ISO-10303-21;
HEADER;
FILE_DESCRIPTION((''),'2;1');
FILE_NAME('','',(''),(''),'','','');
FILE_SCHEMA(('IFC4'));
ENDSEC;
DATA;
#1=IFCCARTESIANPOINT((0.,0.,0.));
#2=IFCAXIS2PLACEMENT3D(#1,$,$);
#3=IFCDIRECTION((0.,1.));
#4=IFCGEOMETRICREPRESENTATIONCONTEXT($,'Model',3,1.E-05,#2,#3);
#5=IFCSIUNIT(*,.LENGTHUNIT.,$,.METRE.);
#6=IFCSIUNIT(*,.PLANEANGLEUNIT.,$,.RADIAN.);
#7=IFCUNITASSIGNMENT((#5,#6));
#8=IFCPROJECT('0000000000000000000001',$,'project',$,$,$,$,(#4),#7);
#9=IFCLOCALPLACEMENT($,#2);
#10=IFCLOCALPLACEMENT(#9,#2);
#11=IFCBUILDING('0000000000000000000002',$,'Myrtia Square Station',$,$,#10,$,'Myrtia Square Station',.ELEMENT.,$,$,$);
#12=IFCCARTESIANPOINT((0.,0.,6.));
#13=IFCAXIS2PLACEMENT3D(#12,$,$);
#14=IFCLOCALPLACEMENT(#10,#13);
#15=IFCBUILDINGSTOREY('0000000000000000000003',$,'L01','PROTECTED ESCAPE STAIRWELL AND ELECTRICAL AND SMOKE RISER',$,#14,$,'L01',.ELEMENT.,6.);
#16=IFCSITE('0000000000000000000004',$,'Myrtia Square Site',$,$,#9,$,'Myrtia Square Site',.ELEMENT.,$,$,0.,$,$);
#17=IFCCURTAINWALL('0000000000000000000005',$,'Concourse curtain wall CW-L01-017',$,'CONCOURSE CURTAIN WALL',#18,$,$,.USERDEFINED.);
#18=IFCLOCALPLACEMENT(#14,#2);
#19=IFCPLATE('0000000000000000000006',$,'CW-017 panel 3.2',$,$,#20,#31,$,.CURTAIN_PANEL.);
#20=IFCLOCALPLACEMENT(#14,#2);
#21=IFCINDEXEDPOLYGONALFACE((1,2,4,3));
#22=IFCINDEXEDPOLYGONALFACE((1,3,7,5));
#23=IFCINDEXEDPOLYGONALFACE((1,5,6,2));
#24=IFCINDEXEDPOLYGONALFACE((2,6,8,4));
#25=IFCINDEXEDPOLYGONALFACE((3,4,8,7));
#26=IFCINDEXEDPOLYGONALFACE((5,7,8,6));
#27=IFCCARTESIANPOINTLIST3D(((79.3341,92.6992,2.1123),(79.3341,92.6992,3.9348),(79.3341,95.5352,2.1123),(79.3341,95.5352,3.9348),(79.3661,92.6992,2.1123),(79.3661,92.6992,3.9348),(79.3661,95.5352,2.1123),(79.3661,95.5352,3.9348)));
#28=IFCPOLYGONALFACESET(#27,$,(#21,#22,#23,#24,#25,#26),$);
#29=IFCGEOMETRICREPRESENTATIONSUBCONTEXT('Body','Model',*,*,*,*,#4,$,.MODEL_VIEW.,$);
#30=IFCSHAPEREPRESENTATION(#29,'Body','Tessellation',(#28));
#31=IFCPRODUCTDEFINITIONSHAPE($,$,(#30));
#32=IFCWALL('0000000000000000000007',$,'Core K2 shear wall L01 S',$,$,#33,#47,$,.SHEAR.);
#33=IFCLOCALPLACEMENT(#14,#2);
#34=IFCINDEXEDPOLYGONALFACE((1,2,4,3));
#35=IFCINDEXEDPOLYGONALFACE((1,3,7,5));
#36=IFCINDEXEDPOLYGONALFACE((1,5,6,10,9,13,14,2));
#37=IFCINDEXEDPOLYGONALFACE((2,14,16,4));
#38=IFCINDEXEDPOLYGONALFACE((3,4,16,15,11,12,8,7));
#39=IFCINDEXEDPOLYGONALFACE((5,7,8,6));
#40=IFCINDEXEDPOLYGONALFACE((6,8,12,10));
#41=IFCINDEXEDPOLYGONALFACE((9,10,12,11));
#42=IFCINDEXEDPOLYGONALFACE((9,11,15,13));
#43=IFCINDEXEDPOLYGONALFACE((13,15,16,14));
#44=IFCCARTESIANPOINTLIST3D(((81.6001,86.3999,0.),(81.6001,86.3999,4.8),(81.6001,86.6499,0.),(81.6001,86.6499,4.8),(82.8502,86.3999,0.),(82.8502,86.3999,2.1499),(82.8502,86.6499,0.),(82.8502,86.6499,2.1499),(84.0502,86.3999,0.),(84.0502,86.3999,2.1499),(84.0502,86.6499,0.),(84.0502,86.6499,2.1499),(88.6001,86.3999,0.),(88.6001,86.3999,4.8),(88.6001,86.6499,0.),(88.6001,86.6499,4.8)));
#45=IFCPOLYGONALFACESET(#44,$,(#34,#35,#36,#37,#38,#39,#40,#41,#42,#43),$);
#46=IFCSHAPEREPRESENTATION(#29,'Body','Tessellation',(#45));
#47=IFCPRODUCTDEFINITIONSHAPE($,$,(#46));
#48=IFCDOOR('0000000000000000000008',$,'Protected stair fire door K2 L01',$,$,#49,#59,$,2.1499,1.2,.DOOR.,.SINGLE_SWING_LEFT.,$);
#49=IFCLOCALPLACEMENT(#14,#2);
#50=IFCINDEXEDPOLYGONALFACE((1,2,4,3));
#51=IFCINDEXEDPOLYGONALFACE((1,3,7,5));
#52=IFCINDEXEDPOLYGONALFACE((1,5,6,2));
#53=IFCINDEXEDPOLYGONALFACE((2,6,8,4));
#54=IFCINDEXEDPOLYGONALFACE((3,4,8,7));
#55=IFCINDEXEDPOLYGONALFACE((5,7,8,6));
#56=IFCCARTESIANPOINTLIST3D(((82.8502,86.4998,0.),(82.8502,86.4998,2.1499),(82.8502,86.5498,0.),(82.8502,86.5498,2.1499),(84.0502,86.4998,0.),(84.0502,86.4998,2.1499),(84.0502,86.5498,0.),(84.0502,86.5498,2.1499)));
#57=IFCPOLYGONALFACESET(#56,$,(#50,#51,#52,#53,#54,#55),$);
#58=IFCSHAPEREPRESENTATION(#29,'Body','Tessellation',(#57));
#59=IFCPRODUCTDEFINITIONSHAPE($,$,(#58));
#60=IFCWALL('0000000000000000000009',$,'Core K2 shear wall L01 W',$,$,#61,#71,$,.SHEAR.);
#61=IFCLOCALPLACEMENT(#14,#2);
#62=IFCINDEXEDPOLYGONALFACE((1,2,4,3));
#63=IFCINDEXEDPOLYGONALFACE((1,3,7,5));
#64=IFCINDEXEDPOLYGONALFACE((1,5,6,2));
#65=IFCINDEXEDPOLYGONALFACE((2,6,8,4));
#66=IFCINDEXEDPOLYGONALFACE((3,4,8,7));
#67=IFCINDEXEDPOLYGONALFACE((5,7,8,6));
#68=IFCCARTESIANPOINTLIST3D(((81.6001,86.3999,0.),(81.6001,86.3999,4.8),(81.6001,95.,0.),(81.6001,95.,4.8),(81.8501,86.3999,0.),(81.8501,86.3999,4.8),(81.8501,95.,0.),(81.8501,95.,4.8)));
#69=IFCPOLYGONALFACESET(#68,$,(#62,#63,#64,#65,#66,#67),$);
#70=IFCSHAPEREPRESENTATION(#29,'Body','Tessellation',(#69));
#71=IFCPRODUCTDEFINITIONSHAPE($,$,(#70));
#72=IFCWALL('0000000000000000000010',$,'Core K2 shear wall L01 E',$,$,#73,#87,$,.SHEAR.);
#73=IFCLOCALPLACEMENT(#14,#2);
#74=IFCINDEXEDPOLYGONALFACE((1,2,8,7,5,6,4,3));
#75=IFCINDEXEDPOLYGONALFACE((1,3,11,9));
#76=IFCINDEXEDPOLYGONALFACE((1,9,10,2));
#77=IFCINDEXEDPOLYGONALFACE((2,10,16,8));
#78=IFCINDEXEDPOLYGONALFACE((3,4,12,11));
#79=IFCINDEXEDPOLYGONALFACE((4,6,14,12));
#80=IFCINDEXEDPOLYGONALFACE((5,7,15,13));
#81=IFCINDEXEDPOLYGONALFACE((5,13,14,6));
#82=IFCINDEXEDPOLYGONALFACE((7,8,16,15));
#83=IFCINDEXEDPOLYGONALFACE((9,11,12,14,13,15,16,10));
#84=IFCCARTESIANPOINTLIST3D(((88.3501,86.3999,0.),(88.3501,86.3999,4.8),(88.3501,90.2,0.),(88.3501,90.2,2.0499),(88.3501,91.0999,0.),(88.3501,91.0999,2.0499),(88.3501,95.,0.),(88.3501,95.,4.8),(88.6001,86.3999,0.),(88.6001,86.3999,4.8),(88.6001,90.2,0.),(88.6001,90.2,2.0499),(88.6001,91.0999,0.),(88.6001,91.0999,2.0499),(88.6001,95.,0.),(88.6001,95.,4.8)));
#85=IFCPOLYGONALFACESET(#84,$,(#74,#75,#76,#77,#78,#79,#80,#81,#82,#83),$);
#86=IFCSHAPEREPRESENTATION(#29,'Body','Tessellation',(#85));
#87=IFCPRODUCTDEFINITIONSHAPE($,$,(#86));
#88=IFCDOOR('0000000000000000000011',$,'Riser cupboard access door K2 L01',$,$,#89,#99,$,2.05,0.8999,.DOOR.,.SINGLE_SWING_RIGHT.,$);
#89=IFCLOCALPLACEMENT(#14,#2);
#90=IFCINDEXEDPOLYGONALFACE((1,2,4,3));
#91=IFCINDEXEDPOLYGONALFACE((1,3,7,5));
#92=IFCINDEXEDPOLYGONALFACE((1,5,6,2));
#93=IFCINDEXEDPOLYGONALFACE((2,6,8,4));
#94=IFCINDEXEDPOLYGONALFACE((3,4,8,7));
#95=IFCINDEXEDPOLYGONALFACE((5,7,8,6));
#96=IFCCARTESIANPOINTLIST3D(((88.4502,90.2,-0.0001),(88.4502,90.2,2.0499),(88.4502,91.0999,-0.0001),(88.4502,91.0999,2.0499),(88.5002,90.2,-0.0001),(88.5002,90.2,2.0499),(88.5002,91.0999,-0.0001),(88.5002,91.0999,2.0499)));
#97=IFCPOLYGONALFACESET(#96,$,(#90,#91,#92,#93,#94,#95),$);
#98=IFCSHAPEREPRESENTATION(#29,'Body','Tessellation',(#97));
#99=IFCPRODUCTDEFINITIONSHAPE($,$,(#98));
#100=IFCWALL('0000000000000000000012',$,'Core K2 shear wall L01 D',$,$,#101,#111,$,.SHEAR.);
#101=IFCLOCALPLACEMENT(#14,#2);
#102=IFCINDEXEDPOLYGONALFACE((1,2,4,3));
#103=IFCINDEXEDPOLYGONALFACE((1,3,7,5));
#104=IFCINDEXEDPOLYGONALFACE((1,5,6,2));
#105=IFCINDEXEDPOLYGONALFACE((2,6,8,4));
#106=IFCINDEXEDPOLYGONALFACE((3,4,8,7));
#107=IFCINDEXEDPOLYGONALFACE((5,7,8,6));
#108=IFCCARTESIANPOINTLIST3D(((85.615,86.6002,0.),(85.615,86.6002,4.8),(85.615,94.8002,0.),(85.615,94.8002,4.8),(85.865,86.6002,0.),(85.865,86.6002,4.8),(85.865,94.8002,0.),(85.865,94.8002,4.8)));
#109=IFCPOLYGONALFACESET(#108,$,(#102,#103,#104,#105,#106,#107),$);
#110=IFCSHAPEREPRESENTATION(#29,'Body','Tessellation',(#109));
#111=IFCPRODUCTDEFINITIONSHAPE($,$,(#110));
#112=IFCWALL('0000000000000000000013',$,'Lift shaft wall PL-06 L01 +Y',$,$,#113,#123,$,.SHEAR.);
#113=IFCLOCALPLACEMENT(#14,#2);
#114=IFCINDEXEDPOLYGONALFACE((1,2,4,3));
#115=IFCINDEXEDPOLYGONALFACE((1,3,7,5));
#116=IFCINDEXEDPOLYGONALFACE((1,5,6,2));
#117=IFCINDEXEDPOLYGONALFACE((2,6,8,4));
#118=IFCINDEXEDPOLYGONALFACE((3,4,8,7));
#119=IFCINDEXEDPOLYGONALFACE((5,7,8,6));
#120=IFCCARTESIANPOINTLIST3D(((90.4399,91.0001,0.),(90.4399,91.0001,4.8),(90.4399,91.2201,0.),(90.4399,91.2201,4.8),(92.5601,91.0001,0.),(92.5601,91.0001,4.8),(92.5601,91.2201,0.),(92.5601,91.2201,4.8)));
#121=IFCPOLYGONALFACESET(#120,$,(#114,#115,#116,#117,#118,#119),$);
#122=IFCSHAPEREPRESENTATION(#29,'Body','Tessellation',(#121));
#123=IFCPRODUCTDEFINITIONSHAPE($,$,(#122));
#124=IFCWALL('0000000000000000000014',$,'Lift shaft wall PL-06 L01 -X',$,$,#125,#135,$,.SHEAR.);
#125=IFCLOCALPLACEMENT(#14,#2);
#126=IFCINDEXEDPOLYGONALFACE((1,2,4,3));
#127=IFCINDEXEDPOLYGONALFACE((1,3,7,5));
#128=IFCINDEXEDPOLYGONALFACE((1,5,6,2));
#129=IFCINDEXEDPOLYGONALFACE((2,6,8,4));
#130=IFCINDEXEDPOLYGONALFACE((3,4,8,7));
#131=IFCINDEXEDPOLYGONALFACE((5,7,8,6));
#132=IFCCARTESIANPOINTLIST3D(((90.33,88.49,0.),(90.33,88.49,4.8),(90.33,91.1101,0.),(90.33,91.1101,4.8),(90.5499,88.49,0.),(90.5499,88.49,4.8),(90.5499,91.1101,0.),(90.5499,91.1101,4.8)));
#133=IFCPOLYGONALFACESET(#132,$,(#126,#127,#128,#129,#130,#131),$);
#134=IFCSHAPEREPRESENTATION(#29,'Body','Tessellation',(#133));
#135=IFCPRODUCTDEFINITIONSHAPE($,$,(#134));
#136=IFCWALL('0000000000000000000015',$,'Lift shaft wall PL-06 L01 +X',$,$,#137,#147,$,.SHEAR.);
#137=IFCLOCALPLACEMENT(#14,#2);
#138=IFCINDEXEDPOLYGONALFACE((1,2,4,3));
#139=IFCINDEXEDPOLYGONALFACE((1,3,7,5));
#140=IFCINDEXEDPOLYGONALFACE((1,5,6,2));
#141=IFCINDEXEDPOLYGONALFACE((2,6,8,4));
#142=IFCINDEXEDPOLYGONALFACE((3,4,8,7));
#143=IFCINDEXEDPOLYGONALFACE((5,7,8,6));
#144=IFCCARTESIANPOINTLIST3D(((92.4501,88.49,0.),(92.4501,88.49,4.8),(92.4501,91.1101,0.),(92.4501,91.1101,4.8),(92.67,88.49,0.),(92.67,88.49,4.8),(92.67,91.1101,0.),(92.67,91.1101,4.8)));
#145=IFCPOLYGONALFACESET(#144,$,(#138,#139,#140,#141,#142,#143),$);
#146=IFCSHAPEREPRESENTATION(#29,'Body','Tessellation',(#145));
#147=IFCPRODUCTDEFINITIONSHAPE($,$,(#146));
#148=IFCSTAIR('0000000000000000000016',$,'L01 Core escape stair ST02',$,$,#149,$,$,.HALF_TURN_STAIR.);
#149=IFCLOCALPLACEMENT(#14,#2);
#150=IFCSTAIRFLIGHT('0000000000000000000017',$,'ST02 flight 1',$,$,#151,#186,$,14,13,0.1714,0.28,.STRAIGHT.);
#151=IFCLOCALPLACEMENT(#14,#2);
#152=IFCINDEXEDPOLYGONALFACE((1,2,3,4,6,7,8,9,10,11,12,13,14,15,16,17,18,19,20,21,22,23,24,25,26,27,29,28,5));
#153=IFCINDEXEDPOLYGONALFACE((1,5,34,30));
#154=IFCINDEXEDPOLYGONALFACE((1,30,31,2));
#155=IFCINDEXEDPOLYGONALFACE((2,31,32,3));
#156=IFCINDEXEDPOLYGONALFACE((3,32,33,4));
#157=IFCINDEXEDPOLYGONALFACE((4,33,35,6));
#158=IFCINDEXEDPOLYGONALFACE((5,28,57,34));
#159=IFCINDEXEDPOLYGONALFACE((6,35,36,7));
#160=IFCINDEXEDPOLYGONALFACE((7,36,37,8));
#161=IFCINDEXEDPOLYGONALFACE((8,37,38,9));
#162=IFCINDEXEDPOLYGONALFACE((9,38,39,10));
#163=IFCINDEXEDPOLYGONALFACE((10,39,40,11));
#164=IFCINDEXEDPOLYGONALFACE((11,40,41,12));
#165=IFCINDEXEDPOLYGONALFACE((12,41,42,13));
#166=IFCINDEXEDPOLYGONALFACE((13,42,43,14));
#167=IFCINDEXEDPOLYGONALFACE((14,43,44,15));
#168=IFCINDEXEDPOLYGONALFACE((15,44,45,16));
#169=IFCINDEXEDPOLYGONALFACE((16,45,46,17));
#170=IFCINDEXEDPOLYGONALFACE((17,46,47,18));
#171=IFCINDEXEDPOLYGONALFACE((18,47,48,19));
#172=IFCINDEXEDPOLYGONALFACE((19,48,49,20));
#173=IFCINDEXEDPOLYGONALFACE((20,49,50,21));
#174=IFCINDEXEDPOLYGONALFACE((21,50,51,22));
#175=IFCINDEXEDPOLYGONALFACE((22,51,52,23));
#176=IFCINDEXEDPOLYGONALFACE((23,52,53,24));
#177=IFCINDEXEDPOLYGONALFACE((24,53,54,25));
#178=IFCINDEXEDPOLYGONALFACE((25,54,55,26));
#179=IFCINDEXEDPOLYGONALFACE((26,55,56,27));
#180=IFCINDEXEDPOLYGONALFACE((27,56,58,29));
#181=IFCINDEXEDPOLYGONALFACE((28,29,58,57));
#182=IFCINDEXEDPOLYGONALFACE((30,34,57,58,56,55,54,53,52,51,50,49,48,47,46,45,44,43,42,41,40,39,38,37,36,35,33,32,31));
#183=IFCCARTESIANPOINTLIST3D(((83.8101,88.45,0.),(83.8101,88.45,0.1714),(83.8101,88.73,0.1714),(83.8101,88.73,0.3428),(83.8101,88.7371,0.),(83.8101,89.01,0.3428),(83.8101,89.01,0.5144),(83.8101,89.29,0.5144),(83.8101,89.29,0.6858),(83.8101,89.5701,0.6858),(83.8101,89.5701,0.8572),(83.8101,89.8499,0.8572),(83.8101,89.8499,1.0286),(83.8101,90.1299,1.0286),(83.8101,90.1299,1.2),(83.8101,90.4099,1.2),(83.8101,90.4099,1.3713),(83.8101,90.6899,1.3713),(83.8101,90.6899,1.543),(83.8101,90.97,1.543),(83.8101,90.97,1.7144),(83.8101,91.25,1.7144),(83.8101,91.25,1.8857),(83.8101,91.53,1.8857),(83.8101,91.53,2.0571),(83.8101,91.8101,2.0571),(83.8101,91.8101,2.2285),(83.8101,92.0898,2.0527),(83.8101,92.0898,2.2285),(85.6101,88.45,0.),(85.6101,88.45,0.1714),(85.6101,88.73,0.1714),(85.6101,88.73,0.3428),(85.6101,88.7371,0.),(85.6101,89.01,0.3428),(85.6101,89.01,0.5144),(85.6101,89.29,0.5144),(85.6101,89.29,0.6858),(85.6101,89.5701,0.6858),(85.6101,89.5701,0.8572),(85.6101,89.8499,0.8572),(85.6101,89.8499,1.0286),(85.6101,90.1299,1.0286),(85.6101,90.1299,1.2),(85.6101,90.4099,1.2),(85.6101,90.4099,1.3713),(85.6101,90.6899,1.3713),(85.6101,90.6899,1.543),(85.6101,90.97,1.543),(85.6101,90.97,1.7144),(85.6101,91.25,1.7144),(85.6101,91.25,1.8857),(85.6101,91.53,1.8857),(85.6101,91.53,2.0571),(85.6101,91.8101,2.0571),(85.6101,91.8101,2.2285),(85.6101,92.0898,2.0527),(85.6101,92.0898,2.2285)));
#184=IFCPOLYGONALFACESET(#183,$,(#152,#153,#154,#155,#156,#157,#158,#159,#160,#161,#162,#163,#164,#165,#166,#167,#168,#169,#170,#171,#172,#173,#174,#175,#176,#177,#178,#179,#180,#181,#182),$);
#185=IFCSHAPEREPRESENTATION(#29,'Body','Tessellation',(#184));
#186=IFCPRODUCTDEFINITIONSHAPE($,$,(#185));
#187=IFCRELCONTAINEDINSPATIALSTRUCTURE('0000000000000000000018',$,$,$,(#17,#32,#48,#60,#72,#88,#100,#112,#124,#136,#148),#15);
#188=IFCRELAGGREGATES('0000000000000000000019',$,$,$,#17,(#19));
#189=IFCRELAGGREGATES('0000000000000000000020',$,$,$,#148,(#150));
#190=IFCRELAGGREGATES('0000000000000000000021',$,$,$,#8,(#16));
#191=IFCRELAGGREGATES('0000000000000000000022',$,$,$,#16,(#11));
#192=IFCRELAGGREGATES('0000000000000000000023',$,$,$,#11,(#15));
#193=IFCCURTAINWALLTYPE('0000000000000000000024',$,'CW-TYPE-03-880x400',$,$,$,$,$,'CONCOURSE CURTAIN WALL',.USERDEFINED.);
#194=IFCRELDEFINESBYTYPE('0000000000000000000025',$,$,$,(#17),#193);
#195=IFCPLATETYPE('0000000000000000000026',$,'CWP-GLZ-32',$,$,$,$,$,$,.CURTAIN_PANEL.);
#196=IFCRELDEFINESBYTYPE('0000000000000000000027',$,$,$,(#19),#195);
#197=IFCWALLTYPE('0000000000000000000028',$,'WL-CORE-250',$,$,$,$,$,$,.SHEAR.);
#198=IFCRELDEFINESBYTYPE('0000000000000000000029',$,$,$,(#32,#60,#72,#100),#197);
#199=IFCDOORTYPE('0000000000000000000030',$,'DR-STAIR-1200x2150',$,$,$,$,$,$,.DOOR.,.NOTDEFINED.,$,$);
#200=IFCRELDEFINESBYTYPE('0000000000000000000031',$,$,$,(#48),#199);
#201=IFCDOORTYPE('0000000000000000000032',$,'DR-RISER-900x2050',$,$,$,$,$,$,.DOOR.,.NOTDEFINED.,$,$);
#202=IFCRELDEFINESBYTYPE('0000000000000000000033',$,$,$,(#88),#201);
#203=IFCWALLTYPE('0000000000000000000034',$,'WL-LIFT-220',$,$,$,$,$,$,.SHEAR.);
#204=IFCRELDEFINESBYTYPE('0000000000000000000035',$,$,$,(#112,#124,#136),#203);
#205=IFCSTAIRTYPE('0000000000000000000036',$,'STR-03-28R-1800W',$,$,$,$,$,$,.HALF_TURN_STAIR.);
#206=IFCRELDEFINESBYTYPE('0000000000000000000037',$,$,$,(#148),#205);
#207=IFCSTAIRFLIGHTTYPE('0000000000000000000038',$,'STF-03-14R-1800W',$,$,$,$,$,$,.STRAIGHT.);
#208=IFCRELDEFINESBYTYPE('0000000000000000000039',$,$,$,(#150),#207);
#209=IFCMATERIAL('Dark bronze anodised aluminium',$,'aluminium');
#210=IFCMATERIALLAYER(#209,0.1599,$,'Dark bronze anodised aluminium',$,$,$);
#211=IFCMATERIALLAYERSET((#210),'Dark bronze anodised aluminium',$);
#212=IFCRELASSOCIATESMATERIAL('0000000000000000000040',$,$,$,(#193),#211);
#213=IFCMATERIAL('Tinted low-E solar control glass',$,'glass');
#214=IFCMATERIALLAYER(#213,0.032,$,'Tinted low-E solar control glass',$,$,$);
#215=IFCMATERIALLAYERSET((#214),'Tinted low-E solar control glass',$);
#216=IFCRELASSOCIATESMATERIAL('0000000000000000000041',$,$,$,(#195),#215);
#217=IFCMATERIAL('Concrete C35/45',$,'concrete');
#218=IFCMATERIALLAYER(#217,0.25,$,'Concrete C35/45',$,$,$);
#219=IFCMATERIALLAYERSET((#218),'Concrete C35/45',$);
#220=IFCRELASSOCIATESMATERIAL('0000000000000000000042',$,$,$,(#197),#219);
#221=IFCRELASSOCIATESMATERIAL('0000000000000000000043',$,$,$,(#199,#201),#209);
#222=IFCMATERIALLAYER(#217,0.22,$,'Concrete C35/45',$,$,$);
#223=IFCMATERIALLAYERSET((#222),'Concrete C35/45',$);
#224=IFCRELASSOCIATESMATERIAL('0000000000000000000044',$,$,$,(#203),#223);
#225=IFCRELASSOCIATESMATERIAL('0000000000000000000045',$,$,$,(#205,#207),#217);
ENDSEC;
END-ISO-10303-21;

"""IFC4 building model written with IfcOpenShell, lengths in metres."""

from ifc_helpers import new_model, si_unit, direction, frame, frame_2d, origin, origin_2d, place, context, subcontext, project, spatial, polyline, rectangle, outline, extrude, material, layer, layer_set, type_object, element, fill, aggregate, save


model = new_model("IFC4")

# Units and contexts
model_context = context("Model", 3, precision=1e-05, world=origin(), true_north=direction((0.0, 1.0)))
body_context = subcontext(model_context, "Body", "Model", "MODEL_VIEW")
ifc_project = project(units=[si_unit("LENGTHUNIT", "METRE"), si_unit("PLANEANGLEUNIT", "RADIAN")], contexts=[model_context])

# Site, building, storey
site_placement = place(None, origin())
site = spatial("IfcSite", under=ifc_project, at=site_placement, Name="Myrtia Square Site", LongName="Myrtia Square Site", CompositionType="ELEMENT", RefElevation=0.0)
building_placement = place(site_placement, origin())
building = spatial("IfcBuilding", under=site, at=building_placement, Name="Myrtia Square Station", LongName="Myrtia Square Station", CompositionType="ELEMENT")
storey_placement = place(building_placement, frame((0.0, 0.0, 6.0)))
storey = spatial("IfcBuildingStorey", under=building, at=storey_placement, Name="L01", Description="PROTECTED ESCAPE STAIRWELL AND ELECTRICAL AND SMOKE RISER", LongName="L01", CompositionType="ELEMENT", Elevation=6.0)

# Curtain wall, plate
ifc_material_1 = material(Name="Dark bronze anodised aluminium", Category="aluminium")
ifc_layer_1 = layer(ifc_material_1, 0.1599, Name="Dark bronze anodised aluminium")
ifc_layer_set_1 = layer_set([ifc_layer_1], Name="Dark bronze anodised aluminium")
curtain_wall_type = type_object("IfcCurtainWallType", Name="CW-TYPE-03-880x400", ElementType="CONCOURSE CURTAIN WALL", PredefinedType="USERDEFINED", material=ifc_layer_set_1)
curtain_wall_placement = place(storey_placement, origin())
curtain_wall = element("IfcCurtainWall", 1, at=curtain_wall_placement, inside=storey, type_object=curtain_wall_type, Name="Concourse curtain wall CW-L01-017", ObjectType="CONCOURSE CURTAIN WALL", PredefinedType="USERDEFINED")
ifc_material_2 = material(Name="Tinted low-E solar control glass", Category="glass")
ifc_layer_2 = layer(ifc_material_2, 0.032, Name="Tinted low-E solar control glass")
ifc_layer_set_2 = layer_set([ifc_layer_2], Name="Tinted low-E solar control glass")
plate_type = type_object("IfcPlateType", Name="CWP-GLZ-32", PredefinedType="CURTAIN_PANEL", material=ifc_layer_set_2)
plate_placement = place(storey_placement, frame((79.3501, 94.1172, 2.1123), z_axis=(0.0, 0.0, 1.0), x_axis=(0.0, 1.0, 0.0)))
plate = element("IfcPlate", 2, at=plate_placement, type_object=plate_type, Name="CW-017 panel 3.2", PredefinedType="CURTAIN_PANEL", context=body_context, shape_type="SweptSolid", body=[
    extrude(rectangle(XDim=2.8359, YDim=0.032, at=origin_2d()), origin(), (0.0, 0.0, 1.0), 1.8225),
])
aggregate(curtain_wall, [plate])

# Wall, opening, door
ifc_material_3 = material(Name="Concrete C35/45", Category="concrete")
ifc_layer_3 = layer(ifc_material_3, 0.25, Name="Concrete C35/45")
ifc_layer_set_3 = layer_set([ifc_layer_3], Name="Concrete C35/45")
wall_type_1 = type_object("IfcWallType", Name="WL-CORE-250", PredefinedType="SHEAR", material=ifc_layer_set_3)
wall_1_placement = place(storey_placement, frame((81.6001, 86.5249, 0.0), z_axis=(0.0, 0.0, 1.0), x_axis=(1.0, 0.0, 0.0)))
wall_1 = element("IfcWall", 3, at=wall_1_placement, inside=storey, type_object=wall_type_1, Name="Core K2 shear wall L01 S", PredefinedType="SHEAR", context=body_context, shape_type="SweptSolid", body=[
    extrude(rectangle(XDim=7.0, YDim=0.25, at=frame_2d((3.5, 0.0))), origin(), (0.0, 0.0, 1.0), 4.8),
])
opening_1_placement = place(wall_1_placement, frame((1.25, 0.0, 0.0)))
opening_1 = element("IfcOpeningElement", 4, at=opening_1_placement, cuts=wall_1, PredefinedType="OPENING", context=body_context, shape_type="SweptSolid", body=[
    extrude(rectangle(XDim=1.2, YDim=2.1499, at=frame_2d((0.6001, 1.075))), frame((0.0, 0.1399, 0.0), z_axis=(0.0, -1.0, 0.0), x_axis=(1.0, 0.0, 0.0)), (0.0, 0.0, 1.0), 0.28),
])
door_type_1 = type_object("IfcDoorType", Name="DR-STAIR-1200x2150", OperationType="NOTDEFINED", PredefinedType="DOOR", material=ifc_material_1)
door_1_placement = place(opening_1_placement, origin())
door_1 = element("IfcDoor", 5, at=door_1_placement, inside=storey, type_object=door_type_1, Name="Protected stair fire door K2 L01", OperationType="SINGLE_SWING_LEFT", OverallHeight=2.1499, OverallWidth=1.2, PredefinedType="DOOR", context=body_context, shape_type="SweptSolid", body=[
    extrude(rectangle(XDim=1.2, YDim=2.1499, at=frame_2d((0.6001, 1.075))), frame((0.0, 0.0249, 0.0), z_axis=(0.0, -1.0, 0.0), x_axis=(1.0, 0.0, 0.0)), (0.0, 0.0, 1.0), 0.05),
])
fill(opening_1, door_1)

# Wall
wall_2_placement = place(storey_placement, frame((81.7251, 86.3999, 0.0), z_axis=(0.0, 0.0, 1.0), x_axis=(0.0, 1.0, 0.0)))
element("IfcWall", 6, at=wall_2_placement, inside=storey, type_object=wall_type_1, Name="Core K2 shear wall L01 W", PredefinedType="SHEAR", context=body_context, shape_type="SweptSolid", body=[
    extrude(rectangle(XDim=8.6001, YDim=0.25, at=frame_2d((4.3, 0.0))), origin(), (0.0, 0.0, 1.0), 4.8),
])

# Wall, opening, door
wall_3_placement = place(storey_placement, frame((88.4751, 86.3999, 0.0), z_axis=(0.0, 0.0, 1.0), x_axis=(0.0, 1.0, 0.0)))
wall_3 = element("IfcWall", 7, at=wall_3_placement, inside=storey, type_object=wall_type_1, Name="Core K2 shear wall L01 E", PredefinedType="SHEAR", context=body_context, shape_type="SweptSolid", body=[
    extrude(rectangle(XDim=8.6001, YDim=0.25, at=frame_2d((4.3, 0.0))), origin(), (0.0, 0.0, 1.0), 4.8),
])
opening_2_placement = place(wall_3_placement, frame((3.8, 0.0, 0.0)))
opening_2 = element("IfcOpeningElement", 8, at=opening_2_placement, cuts=wall_3, PredefinedType="OPENING", context=body_context, shape_type="SweptSolid", body=[
    extrude(rectangle(XDim=0.8999, YDim=2.05, at=frame_2d((0.45, 1.0249))), frame((0.0, 0.1399, 0.0), z_axis=(0.0, -1.0, 0.0), x_axis=(1.0, 0.0, 0.0)), (0.0, 0.0, 1.0), 0.28),
])
door_type_2 = type_object("IfcDoorType", Name="DR-RISER-900x2050", OperationType="NOTDEFINED", PredefinedType="DOOR", material=ifc_material_1)
door_2_placement = place(opening_2_placement, origin())
door_2 = element("IfcDoor", 9, at=door_2_placement, inside=storey, type_object=door_type_2, Name="Riser cupboard access door K2 L01", OperationType="SINGLE_SWING_RIGHT", OverallHeight=2.05, OverallWidth=0.8999, PredefinedType="DOOR", context=body_context, shape_type="SweptSolid", body=[
    extrude(rectangle(XDim=0.8999, YDim=2.05, at=frame_2d((0.45, 1.0249))), frame((0.0, 0.0249, 0.0), z_axis=(0.0, -1.0, 0.0), x_axis=(1.0, 0.0, 0.0)), (0.0, 0.0, 1.0), 0.05),
])
fill(opening_2, door_2)

# Wall
wall_4_placement = place(storey_placement, frame((85.74, 86.6001, 0.0), z_axis=(0.0, 0.0, 1.0), x_axis=(0.0, 1.0, 0.0)))
element("IfcWall", 10, at=wall_4_placement, inside=storey, type_object=wall_type_1, Name="Core K2 shear wall L01 D", PredefinedType="SHEAR", context=body_context, shape_type="SweptSolid", body=[
    extrude(rectangle(XDim=8.2, YDim=0.25, at=frame_2d((4.1001, 0.0))), origin(), (0.0, 0.0, 1.0), 4.8),
])

# Shared definitions
ifc_layer_4 = layer(ifc_material_3, 0.22, Name="Concrete C35/45")
ifc_layer_set_4 = layer_set([ifc_layer_4], Name="Concrete C35/45")
wall_type_2 = type_object("IfcWallType", Name="WL-LIFT-220", PredefinedType="SHEAR", material=ifc_layer_set_4)

# Walls
wall_5_placement = place(storey_placement, frame((90.4399, 91.1101, 0.0), z_axis=(0.0, 0.0, 1.0), x_axis=(1.0, 0.0, 0.0)))
element("IfcWall", 11, at=wall_5_placement, inside=storey, type_object=wall_type_2, Name="Lift shaft wall PL-06 L01 +Y", PredefinedType="SHEAR", context=body_context, shape_type="SweptSolid", body=[
    extrude(rectangle(XDim=2.1201, YDim=0.22, at=frame_2d((1.0601, 0.0))), origin(), (0.0, 0.0, 1.0), 4.8),
])
for number, where, z_axis, x_axis, name in (
    (12, (90.4399, 88.49, 0.0), (0.0, 0.0, 1.0), (0.0, 1.0, 0.0), "Lift shaft wall PL-06 L01 -X"),
    (13, (92.5601, 88.49, 0.0), (0.0, 0.0, 1.0), (0.0, 1.0, 0.0), "Lift shaft wall PL-06 L01 +X"),
):
    element("IfcWall", number, at=place(storey_placement, frame(where, z_axis=z_axis, x_axis=x_axis)), inside=storey, type_object=wall_type_2, Name=name, PredefinedType="SHEAR", context=body_context, shape_type="SweptSolid", body=[
        extrude(rectangle(XDim=2.6201, YDim=0.22, at=frame_2d((1.3101, 0.0))), origin(), (0.0, 0.0, 1.0), 4.8),
    ])

# Stair, stair flight
stair_type = type_object("IfcStairType", Name="STR-03-28R-1800W", PredefinedType="HALF_TURN_STAIR", material=ifc_material_3)
stair_placement = place(storey_placement, origin())
stair = element("IfcStair", 14, at=stair_placement, inside=storey, type_object=stair_type, Name="L01 Core escape stair ST02", PredefinedType="HALF_TURN_STAIR")
stair_flight_type = type_object("IfcStairFlightType", Name="STF-03-14R-1800W", PredefinedType="STRAIGHT", material=ifc_material_3)
stair_flight_1_placement = place(storey_placement, frame((84.71, 88.45, 0.0), z_axis=(0.0, 0.0, 1.0), x_axis=(0.0, 1.0, 0.0)))
stair_flight_1 = element("IfcStairFlight", 15, at=stair_flight_1_placement, type_object=stair_flight_type, Name="ST02 flight 1", NumberOfRisers=14, NumberOfTreads=13, PredefinedType="STRAIGHT", RiserHeight=0.1714, TreadLength=0.28, context=body_context, shape_type="SweptSolid", body=[
    extrude(outline(polyline([(0.0, 0.0), (0.0, 0.1714), (0.28, 0.1714), (0.28, 0.3428), (0.5601, 0.3428), (0.5601, 0.5144), (0.8401, 0.5144), (0.8401, 0.6858), (1.1201, 0.6858), (1.1201, 0.8572), (1.3999, 0.8572), (1.3999, 1.0286), (1.6799, 1.0286), (1.6799, 1.2), (1.96, 1.2), (1.96, 1.3713), (2.24, 1.3713), (2.24, 1.543), (2.52, 1.543), (2.52, 1.7144), (2.8, 1.7144), (2.8, 1.8857), (3.0801, 1.8857), (3.0801, 2.0571), (3.3601, 2.0571), (3.3601, 2.2285), (3.6399, 2.2285), (3.6399, 2.3999), (3.6399, 2.0527), (0.2871, 0.0), (0.0, 0.0)])), frame((0.0, 0.8999, 0.0), z_axis=(0.0, -1.0, 0.0), x_axis=(1.0, 0.0, 0.0)), (0.0, 0.0, 1.0), 1.8),
])
aggregate(stair, [stair_flight_1])

save(model, "model.ifc")
